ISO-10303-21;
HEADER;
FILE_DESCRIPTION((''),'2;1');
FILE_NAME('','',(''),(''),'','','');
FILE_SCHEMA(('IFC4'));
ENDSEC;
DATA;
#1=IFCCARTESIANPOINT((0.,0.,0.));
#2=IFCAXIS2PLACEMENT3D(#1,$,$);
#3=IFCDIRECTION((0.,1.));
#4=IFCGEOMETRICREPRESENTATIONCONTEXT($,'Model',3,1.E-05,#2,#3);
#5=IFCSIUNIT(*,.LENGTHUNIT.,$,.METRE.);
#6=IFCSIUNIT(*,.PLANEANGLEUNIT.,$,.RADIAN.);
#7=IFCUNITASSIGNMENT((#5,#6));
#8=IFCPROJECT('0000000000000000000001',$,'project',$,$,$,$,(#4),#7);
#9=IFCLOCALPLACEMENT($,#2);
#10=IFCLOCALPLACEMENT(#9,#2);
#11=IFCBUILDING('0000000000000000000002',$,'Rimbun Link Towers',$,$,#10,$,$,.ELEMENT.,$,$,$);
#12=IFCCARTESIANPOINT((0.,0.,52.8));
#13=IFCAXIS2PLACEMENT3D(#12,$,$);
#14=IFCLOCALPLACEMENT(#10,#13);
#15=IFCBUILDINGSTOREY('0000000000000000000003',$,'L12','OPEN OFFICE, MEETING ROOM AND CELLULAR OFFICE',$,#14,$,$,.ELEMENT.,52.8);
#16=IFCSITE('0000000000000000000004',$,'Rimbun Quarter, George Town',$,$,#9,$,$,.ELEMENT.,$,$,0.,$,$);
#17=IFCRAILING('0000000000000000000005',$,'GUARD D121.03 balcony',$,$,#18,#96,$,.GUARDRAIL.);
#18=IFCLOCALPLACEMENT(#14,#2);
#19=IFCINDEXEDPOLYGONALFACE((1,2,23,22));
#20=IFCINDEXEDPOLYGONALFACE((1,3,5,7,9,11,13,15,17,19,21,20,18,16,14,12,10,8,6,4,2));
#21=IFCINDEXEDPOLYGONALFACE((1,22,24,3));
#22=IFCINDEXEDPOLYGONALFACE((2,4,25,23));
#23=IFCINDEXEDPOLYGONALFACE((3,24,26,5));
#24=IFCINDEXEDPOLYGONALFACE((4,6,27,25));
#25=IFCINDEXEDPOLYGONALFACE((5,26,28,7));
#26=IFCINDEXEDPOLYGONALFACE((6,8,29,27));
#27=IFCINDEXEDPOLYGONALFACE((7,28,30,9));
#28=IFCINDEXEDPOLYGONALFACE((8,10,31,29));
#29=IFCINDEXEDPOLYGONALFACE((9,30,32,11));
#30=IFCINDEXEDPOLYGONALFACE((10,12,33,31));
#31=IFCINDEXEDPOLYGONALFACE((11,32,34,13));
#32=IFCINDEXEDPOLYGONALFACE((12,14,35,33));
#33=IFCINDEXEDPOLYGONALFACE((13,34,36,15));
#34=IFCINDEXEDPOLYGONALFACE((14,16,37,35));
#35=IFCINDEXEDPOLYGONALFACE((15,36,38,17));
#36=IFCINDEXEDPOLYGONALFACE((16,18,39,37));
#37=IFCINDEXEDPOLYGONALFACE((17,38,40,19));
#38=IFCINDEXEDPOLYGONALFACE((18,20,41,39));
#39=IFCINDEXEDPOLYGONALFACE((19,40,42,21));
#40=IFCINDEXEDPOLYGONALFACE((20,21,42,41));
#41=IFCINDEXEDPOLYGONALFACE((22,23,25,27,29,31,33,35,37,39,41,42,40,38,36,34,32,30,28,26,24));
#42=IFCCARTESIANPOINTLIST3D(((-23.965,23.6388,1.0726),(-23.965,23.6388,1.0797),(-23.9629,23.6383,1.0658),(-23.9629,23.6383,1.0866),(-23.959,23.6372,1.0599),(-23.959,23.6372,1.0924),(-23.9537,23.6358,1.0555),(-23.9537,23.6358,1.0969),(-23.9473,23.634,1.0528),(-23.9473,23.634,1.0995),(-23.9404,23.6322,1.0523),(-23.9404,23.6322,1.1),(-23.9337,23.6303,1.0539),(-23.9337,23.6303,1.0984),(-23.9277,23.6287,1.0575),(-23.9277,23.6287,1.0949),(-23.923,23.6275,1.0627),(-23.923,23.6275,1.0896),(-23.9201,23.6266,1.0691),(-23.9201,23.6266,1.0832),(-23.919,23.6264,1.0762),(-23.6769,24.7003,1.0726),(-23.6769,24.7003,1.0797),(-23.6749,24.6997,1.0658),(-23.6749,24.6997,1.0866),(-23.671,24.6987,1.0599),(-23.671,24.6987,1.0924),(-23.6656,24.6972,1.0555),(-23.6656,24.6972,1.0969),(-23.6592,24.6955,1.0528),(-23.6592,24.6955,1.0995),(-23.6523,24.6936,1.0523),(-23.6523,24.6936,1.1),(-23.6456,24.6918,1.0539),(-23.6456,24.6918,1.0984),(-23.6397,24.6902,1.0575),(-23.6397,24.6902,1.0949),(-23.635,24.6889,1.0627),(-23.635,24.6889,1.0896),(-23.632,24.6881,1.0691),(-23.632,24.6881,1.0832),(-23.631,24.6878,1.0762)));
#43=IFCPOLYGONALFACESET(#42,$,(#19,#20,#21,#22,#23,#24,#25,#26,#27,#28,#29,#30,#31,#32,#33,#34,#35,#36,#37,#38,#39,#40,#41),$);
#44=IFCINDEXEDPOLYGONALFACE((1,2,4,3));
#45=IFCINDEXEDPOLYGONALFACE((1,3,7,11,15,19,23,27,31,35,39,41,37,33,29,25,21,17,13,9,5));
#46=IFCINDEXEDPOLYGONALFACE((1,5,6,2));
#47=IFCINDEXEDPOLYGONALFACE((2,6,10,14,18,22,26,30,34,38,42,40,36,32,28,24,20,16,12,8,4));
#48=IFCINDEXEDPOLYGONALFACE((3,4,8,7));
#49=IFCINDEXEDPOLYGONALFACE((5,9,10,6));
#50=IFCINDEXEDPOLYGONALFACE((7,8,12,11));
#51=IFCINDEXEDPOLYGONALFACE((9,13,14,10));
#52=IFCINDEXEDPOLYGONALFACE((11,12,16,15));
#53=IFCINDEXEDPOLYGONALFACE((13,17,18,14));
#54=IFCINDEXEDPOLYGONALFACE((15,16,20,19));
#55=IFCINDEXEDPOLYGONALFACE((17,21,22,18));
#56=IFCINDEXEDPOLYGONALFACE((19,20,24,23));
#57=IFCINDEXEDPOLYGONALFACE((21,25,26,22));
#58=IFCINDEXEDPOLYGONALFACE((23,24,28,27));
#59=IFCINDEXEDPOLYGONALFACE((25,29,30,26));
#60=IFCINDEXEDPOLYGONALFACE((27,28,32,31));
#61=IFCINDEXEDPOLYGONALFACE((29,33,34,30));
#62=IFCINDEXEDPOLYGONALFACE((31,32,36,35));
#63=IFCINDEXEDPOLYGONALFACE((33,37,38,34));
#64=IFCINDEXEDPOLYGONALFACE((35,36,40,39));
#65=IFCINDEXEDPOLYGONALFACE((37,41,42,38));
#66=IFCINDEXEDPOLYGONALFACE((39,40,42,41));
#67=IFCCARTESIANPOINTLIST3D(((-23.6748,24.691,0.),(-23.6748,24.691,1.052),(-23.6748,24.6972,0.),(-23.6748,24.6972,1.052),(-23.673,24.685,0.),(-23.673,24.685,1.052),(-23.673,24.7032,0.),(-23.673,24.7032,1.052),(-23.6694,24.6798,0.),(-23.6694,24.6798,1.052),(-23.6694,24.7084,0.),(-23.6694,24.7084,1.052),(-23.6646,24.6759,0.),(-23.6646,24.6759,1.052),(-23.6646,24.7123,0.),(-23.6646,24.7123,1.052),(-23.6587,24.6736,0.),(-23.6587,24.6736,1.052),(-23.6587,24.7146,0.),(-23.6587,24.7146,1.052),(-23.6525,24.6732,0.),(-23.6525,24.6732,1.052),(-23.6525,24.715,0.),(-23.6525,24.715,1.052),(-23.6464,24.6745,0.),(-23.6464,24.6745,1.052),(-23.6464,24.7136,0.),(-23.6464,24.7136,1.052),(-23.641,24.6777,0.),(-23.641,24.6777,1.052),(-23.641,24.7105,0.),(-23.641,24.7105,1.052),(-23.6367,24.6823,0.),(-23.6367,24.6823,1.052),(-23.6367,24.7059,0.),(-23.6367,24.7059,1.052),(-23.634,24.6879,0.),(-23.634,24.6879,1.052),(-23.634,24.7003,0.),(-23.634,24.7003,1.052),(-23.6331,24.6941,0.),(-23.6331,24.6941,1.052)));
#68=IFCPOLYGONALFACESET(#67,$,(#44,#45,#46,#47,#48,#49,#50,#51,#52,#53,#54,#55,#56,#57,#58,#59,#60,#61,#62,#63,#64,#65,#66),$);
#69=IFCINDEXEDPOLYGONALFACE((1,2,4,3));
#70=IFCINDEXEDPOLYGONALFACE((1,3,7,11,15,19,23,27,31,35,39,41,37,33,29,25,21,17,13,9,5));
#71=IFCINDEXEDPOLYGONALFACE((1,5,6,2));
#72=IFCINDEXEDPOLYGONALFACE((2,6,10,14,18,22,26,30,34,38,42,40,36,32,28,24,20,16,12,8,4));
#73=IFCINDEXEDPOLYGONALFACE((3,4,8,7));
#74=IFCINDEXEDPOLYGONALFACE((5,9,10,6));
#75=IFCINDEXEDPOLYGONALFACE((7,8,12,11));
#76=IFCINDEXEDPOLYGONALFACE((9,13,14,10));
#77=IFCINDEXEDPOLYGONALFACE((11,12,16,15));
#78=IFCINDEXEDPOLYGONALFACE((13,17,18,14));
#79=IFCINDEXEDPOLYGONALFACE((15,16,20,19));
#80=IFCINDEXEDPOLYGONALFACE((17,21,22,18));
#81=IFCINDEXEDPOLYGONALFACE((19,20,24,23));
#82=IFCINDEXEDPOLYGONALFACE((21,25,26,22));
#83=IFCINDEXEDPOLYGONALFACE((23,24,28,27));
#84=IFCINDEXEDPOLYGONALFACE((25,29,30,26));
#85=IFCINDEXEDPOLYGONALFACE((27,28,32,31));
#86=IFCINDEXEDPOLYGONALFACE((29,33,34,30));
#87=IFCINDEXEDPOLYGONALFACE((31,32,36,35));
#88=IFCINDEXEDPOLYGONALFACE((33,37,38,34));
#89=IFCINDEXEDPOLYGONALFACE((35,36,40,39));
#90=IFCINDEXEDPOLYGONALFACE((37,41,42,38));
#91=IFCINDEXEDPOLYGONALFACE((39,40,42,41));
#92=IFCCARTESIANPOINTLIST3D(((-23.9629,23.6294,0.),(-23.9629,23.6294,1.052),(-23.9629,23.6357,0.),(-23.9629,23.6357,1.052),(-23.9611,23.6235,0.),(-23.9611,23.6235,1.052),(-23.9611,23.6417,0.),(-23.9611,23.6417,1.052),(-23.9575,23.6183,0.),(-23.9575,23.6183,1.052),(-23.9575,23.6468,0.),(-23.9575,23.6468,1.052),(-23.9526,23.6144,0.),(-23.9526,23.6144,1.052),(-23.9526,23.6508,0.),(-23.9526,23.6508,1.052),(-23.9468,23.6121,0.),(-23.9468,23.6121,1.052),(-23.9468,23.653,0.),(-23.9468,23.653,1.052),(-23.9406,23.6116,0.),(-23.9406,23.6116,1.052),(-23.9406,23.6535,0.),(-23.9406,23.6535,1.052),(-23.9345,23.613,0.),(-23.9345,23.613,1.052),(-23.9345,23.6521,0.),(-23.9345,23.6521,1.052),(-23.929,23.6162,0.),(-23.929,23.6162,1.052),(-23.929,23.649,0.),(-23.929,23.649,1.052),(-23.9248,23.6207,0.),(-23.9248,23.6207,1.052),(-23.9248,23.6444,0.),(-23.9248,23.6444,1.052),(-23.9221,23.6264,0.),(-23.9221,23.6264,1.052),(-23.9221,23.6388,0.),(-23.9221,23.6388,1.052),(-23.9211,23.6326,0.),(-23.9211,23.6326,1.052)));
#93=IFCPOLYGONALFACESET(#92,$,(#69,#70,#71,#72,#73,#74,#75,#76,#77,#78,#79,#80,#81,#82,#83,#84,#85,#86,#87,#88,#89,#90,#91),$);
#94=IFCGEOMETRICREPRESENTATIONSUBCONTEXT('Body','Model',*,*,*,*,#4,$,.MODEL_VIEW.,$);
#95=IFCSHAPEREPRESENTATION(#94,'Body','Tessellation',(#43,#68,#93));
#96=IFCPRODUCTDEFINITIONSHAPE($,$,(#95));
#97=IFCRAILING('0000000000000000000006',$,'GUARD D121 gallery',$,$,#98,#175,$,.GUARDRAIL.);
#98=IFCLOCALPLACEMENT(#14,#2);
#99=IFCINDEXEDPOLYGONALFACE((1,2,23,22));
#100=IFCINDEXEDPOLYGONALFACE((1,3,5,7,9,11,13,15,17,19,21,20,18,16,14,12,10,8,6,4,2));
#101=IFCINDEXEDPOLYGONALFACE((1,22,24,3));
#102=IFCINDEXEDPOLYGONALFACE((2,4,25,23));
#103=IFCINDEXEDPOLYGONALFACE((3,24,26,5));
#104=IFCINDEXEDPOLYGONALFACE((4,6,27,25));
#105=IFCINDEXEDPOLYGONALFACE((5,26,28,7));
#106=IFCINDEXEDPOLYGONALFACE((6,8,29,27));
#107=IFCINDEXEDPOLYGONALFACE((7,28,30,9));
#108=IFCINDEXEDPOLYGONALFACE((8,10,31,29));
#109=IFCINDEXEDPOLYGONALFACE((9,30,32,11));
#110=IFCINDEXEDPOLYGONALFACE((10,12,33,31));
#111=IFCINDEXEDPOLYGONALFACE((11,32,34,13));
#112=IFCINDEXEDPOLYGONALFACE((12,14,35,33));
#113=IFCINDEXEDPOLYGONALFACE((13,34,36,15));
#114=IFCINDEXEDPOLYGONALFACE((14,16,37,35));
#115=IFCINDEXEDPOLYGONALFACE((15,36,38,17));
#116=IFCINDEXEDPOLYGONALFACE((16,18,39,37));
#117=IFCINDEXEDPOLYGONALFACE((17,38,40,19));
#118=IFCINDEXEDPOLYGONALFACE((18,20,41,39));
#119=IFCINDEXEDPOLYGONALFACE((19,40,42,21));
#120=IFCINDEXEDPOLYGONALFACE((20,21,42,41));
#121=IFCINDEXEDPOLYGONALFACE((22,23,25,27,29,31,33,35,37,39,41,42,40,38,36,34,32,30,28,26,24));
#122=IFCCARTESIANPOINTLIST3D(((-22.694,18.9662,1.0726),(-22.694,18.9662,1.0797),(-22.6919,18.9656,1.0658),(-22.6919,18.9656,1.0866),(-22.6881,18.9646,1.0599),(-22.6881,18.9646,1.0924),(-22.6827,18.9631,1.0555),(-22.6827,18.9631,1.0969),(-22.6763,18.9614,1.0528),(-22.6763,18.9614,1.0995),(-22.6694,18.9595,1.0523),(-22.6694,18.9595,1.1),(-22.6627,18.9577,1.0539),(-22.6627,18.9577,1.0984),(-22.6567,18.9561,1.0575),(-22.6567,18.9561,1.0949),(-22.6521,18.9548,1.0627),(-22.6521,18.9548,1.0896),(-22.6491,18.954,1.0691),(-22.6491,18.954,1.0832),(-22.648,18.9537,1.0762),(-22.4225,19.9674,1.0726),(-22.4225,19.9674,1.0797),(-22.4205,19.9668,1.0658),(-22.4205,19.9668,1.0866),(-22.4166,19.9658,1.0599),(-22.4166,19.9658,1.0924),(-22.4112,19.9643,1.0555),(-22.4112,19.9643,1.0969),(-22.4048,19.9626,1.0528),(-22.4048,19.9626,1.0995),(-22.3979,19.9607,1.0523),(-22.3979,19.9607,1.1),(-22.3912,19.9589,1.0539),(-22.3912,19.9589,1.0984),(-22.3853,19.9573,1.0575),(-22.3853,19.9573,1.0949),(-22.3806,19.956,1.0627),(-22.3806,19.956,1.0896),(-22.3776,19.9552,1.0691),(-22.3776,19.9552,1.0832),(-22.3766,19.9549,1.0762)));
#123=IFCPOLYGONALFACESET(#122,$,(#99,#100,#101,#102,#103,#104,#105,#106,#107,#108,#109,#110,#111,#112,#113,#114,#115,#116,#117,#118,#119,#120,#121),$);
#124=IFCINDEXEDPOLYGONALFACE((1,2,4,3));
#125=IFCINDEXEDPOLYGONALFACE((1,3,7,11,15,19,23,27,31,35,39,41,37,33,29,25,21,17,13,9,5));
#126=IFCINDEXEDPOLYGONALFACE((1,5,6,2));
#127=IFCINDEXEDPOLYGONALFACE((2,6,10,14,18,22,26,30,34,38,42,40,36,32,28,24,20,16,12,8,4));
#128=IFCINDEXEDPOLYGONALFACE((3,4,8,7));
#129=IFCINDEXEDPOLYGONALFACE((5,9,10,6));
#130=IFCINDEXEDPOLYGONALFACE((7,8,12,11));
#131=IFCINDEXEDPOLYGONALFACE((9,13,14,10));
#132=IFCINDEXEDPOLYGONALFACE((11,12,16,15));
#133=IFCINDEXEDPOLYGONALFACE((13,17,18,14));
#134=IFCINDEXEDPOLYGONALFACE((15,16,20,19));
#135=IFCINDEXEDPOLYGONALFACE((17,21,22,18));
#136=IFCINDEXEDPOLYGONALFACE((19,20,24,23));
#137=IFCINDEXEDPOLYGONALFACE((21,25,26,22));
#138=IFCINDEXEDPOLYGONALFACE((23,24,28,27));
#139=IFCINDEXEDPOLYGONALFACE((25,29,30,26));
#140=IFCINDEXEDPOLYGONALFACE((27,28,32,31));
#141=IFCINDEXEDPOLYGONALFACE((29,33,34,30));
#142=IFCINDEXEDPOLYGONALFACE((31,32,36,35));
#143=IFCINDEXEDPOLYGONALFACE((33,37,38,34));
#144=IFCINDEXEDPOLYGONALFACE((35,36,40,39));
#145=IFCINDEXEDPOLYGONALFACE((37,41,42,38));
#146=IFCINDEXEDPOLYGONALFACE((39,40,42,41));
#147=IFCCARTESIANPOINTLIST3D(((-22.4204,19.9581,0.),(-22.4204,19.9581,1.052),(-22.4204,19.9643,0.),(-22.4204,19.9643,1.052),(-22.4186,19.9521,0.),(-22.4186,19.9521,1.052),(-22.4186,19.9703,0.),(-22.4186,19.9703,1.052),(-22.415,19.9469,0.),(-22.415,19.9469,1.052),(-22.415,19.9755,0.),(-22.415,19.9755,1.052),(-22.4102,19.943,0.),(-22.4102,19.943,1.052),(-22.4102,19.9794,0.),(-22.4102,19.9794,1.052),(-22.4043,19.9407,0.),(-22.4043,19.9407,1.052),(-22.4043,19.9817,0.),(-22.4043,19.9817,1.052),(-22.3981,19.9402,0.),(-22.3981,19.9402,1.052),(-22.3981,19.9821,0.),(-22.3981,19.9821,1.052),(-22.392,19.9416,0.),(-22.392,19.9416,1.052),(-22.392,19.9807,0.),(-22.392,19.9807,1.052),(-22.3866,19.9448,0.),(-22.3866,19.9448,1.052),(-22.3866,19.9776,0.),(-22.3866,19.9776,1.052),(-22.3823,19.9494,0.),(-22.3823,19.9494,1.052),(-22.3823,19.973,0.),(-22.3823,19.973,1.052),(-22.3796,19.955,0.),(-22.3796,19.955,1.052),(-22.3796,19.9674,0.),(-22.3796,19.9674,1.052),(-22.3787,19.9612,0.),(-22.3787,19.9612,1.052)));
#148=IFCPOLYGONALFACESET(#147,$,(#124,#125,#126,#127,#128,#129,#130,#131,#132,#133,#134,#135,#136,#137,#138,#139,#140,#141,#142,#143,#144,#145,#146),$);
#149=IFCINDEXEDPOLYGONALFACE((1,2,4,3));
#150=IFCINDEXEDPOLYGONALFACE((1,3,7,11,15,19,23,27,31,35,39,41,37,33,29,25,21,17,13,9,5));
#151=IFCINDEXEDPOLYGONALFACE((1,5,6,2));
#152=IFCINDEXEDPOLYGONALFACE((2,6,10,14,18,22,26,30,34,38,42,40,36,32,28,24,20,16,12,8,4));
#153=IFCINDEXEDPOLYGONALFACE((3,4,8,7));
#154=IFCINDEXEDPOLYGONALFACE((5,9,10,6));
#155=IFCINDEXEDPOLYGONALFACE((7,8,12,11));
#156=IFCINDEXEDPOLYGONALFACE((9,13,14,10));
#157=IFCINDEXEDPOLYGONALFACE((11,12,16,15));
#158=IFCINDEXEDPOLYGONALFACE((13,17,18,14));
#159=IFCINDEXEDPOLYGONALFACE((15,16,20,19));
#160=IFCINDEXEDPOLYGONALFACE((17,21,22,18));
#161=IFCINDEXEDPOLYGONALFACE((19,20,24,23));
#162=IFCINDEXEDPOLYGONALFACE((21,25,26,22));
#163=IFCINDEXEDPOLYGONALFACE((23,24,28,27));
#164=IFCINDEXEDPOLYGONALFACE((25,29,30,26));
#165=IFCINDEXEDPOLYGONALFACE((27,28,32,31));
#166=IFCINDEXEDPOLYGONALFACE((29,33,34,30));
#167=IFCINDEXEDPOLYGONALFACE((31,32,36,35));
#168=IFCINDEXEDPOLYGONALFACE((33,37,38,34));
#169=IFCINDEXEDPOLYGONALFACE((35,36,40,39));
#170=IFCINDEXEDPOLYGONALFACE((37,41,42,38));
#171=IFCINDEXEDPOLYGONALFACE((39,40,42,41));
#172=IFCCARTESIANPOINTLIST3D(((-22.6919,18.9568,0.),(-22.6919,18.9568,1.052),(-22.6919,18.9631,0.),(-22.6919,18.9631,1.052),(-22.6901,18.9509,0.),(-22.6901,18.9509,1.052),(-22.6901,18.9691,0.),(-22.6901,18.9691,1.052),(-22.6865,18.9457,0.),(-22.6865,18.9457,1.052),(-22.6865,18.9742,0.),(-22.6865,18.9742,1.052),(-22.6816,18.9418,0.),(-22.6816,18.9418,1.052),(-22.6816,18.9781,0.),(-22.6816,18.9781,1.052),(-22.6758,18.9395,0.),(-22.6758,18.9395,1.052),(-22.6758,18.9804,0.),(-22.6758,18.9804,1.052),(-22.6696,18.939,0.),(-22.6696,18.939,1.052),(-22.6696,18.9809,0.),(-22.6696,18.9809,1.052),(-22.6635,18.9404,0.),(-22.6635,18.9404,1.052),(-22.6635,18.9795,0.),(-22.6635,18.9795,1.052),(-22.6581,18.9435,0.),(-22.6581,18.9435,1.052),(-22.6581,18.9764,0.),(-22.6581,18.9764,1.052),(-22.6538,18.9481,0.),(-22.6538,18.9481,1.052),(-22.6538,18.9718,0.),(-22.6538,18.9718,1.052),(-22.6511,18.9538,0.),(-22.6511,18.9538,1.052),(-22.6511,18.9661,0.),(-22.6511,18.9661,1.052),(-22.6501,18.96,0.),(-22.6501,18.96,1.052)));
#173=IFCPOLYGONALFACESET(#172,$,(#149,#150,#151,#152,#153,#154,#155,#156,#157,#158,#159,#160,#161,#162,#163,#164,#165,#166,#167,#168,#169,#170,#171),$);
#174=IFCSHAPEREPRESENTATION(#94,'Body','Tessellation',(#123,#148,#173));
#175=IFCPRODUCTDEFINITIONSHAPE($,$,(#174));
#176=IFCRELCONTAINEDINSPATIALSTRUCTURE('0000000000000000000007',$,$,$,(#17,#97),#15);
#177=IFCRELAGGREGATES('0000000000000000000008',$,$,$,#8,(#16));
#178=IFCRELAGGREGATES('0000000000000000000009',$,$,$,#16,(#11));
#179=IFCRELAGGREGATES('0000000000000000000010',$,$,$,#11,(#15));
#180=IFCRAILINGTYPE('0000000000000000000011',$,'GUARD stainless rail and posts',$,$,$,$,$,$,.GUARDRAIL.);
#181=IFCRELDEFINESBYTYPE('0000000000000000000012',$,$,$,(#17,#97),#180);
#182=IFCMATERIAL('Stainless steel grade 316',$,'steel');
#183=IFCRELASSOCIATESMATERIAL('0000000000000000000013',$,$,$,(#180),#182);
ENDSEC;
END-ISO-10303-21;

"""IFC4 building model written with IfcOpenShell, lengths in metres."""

from ifc_helpers import new_model, si_unit, direction, frame, origin, origin_2d, place, context, subcontext, project, spatial, circle, extrude, material, type_object, element, save


model = new_model("IFC4")

# Units and contexts
model_context = context("Model", 3, precision=1e-05, world=origin(), true_north=direction((0.0, 1.0)))
body_context = subcontext(model_context, "Body", "Model", "MODEL_VIEW")
ifc_project = project(units=[si_unit("LENGTHUNIT", "METRE"), si_unit("PLANEANGLEUNIT", "RADIAN")], contexts=[model_context])

# Site, building, storey
site_placement = place(None, origin())
site = spatial("IfcSite", under=ifc_project, at=site_placement, Name="Rimbun Quarter, George Town", CompositionType="ELEMENT", RefElevation=0.0)
building_placement = place(site_placement, origin())
building = spatial("IfcBuilding", under=site, at=building_placement, Name="Rimbun Link Towers", CompositionType="ELEMENT")
storey_placement = place(building_placement, frame((0.0, 0.0, 52.8)))
storey = spatial("IfcBuildingStorey", under=building, at=storey_placement, Name="L12", Description="OPEN OFFICE, MEETING ROOM AND CELLULAR OFFICE", CompositionType="ELEMENT", Elevation=52.8)

# Railings
ifc_material_1 = material(Name="Stainless steel grade 316", Category="steel")
railing_type = type_object("IfcRailingType", Name="GUARD stainless rail and posts", PredefinedType="GUARDRAIL", material=ifc_material_1)
railing_1_placement = place(storey_placement, frame((-23.6541, 24.6941, 0.0)))
element("IfcRailing", 1, at=railing_1_placement, inside=storey, type_object=railing_type, Name="GUARD D121.03 balcony", PredefinedType="GUARDRAIL", context=body_context, shape_type="SweptSolid", body=[
    extrude(circle(Radius=0.0239, at=origin_2d()), frame((0.0, 0.0, 1.0762), z_axis=(-0.261915, -0.965091, 0.0), x_axis=(0.965091, -0.261915, 0.0)), (0.0, 0.0, 1.0), 1.0999),
    extrude(circle(Radius=0.021, at=origin_2d()), origin(), (0.0, 0.0, 1.0), 1.052),
    extrude(circle(Radius=0.021, at=origin_2d()), frame((-0.2881, -1.0615, 0.0)), (0.0, 0.0, 1.0), 1.052),
])
railing_2_placement = place(storey_placement, frame((-22.3997, 19.9612, 0.0)))
element("IfcRailing", 2, at=railing_2_placement, inside=storey, type_object=railing_type, Name="GUARD D121 gallery", PredefinedType="GUARDRAIL", context=body_context, shape_type="SweptSolid", body=[
    extrude(circle(Radius=0.0239, at=origin_2d()), frame((0.0, 0.0, 1.0762), z_axis=(-0.261703, -0.965148, 0.0), x_axis=(0.965148, -0.261703, 0.0)), (0.0, 0.0, 1.0), 1.0374),
    extrude(circle(Radius=0.021, at=origin_2d()), origin(), (0.0, 0.0, 1.0), 1.052),
    extrude(circle(Radius=0.021, at=origin_2d()), frame((-0.2715, -1.0012, 0.0)), (0.0, 0.0, 1.0), 1.052),
])

save(model, "model.ifc")
